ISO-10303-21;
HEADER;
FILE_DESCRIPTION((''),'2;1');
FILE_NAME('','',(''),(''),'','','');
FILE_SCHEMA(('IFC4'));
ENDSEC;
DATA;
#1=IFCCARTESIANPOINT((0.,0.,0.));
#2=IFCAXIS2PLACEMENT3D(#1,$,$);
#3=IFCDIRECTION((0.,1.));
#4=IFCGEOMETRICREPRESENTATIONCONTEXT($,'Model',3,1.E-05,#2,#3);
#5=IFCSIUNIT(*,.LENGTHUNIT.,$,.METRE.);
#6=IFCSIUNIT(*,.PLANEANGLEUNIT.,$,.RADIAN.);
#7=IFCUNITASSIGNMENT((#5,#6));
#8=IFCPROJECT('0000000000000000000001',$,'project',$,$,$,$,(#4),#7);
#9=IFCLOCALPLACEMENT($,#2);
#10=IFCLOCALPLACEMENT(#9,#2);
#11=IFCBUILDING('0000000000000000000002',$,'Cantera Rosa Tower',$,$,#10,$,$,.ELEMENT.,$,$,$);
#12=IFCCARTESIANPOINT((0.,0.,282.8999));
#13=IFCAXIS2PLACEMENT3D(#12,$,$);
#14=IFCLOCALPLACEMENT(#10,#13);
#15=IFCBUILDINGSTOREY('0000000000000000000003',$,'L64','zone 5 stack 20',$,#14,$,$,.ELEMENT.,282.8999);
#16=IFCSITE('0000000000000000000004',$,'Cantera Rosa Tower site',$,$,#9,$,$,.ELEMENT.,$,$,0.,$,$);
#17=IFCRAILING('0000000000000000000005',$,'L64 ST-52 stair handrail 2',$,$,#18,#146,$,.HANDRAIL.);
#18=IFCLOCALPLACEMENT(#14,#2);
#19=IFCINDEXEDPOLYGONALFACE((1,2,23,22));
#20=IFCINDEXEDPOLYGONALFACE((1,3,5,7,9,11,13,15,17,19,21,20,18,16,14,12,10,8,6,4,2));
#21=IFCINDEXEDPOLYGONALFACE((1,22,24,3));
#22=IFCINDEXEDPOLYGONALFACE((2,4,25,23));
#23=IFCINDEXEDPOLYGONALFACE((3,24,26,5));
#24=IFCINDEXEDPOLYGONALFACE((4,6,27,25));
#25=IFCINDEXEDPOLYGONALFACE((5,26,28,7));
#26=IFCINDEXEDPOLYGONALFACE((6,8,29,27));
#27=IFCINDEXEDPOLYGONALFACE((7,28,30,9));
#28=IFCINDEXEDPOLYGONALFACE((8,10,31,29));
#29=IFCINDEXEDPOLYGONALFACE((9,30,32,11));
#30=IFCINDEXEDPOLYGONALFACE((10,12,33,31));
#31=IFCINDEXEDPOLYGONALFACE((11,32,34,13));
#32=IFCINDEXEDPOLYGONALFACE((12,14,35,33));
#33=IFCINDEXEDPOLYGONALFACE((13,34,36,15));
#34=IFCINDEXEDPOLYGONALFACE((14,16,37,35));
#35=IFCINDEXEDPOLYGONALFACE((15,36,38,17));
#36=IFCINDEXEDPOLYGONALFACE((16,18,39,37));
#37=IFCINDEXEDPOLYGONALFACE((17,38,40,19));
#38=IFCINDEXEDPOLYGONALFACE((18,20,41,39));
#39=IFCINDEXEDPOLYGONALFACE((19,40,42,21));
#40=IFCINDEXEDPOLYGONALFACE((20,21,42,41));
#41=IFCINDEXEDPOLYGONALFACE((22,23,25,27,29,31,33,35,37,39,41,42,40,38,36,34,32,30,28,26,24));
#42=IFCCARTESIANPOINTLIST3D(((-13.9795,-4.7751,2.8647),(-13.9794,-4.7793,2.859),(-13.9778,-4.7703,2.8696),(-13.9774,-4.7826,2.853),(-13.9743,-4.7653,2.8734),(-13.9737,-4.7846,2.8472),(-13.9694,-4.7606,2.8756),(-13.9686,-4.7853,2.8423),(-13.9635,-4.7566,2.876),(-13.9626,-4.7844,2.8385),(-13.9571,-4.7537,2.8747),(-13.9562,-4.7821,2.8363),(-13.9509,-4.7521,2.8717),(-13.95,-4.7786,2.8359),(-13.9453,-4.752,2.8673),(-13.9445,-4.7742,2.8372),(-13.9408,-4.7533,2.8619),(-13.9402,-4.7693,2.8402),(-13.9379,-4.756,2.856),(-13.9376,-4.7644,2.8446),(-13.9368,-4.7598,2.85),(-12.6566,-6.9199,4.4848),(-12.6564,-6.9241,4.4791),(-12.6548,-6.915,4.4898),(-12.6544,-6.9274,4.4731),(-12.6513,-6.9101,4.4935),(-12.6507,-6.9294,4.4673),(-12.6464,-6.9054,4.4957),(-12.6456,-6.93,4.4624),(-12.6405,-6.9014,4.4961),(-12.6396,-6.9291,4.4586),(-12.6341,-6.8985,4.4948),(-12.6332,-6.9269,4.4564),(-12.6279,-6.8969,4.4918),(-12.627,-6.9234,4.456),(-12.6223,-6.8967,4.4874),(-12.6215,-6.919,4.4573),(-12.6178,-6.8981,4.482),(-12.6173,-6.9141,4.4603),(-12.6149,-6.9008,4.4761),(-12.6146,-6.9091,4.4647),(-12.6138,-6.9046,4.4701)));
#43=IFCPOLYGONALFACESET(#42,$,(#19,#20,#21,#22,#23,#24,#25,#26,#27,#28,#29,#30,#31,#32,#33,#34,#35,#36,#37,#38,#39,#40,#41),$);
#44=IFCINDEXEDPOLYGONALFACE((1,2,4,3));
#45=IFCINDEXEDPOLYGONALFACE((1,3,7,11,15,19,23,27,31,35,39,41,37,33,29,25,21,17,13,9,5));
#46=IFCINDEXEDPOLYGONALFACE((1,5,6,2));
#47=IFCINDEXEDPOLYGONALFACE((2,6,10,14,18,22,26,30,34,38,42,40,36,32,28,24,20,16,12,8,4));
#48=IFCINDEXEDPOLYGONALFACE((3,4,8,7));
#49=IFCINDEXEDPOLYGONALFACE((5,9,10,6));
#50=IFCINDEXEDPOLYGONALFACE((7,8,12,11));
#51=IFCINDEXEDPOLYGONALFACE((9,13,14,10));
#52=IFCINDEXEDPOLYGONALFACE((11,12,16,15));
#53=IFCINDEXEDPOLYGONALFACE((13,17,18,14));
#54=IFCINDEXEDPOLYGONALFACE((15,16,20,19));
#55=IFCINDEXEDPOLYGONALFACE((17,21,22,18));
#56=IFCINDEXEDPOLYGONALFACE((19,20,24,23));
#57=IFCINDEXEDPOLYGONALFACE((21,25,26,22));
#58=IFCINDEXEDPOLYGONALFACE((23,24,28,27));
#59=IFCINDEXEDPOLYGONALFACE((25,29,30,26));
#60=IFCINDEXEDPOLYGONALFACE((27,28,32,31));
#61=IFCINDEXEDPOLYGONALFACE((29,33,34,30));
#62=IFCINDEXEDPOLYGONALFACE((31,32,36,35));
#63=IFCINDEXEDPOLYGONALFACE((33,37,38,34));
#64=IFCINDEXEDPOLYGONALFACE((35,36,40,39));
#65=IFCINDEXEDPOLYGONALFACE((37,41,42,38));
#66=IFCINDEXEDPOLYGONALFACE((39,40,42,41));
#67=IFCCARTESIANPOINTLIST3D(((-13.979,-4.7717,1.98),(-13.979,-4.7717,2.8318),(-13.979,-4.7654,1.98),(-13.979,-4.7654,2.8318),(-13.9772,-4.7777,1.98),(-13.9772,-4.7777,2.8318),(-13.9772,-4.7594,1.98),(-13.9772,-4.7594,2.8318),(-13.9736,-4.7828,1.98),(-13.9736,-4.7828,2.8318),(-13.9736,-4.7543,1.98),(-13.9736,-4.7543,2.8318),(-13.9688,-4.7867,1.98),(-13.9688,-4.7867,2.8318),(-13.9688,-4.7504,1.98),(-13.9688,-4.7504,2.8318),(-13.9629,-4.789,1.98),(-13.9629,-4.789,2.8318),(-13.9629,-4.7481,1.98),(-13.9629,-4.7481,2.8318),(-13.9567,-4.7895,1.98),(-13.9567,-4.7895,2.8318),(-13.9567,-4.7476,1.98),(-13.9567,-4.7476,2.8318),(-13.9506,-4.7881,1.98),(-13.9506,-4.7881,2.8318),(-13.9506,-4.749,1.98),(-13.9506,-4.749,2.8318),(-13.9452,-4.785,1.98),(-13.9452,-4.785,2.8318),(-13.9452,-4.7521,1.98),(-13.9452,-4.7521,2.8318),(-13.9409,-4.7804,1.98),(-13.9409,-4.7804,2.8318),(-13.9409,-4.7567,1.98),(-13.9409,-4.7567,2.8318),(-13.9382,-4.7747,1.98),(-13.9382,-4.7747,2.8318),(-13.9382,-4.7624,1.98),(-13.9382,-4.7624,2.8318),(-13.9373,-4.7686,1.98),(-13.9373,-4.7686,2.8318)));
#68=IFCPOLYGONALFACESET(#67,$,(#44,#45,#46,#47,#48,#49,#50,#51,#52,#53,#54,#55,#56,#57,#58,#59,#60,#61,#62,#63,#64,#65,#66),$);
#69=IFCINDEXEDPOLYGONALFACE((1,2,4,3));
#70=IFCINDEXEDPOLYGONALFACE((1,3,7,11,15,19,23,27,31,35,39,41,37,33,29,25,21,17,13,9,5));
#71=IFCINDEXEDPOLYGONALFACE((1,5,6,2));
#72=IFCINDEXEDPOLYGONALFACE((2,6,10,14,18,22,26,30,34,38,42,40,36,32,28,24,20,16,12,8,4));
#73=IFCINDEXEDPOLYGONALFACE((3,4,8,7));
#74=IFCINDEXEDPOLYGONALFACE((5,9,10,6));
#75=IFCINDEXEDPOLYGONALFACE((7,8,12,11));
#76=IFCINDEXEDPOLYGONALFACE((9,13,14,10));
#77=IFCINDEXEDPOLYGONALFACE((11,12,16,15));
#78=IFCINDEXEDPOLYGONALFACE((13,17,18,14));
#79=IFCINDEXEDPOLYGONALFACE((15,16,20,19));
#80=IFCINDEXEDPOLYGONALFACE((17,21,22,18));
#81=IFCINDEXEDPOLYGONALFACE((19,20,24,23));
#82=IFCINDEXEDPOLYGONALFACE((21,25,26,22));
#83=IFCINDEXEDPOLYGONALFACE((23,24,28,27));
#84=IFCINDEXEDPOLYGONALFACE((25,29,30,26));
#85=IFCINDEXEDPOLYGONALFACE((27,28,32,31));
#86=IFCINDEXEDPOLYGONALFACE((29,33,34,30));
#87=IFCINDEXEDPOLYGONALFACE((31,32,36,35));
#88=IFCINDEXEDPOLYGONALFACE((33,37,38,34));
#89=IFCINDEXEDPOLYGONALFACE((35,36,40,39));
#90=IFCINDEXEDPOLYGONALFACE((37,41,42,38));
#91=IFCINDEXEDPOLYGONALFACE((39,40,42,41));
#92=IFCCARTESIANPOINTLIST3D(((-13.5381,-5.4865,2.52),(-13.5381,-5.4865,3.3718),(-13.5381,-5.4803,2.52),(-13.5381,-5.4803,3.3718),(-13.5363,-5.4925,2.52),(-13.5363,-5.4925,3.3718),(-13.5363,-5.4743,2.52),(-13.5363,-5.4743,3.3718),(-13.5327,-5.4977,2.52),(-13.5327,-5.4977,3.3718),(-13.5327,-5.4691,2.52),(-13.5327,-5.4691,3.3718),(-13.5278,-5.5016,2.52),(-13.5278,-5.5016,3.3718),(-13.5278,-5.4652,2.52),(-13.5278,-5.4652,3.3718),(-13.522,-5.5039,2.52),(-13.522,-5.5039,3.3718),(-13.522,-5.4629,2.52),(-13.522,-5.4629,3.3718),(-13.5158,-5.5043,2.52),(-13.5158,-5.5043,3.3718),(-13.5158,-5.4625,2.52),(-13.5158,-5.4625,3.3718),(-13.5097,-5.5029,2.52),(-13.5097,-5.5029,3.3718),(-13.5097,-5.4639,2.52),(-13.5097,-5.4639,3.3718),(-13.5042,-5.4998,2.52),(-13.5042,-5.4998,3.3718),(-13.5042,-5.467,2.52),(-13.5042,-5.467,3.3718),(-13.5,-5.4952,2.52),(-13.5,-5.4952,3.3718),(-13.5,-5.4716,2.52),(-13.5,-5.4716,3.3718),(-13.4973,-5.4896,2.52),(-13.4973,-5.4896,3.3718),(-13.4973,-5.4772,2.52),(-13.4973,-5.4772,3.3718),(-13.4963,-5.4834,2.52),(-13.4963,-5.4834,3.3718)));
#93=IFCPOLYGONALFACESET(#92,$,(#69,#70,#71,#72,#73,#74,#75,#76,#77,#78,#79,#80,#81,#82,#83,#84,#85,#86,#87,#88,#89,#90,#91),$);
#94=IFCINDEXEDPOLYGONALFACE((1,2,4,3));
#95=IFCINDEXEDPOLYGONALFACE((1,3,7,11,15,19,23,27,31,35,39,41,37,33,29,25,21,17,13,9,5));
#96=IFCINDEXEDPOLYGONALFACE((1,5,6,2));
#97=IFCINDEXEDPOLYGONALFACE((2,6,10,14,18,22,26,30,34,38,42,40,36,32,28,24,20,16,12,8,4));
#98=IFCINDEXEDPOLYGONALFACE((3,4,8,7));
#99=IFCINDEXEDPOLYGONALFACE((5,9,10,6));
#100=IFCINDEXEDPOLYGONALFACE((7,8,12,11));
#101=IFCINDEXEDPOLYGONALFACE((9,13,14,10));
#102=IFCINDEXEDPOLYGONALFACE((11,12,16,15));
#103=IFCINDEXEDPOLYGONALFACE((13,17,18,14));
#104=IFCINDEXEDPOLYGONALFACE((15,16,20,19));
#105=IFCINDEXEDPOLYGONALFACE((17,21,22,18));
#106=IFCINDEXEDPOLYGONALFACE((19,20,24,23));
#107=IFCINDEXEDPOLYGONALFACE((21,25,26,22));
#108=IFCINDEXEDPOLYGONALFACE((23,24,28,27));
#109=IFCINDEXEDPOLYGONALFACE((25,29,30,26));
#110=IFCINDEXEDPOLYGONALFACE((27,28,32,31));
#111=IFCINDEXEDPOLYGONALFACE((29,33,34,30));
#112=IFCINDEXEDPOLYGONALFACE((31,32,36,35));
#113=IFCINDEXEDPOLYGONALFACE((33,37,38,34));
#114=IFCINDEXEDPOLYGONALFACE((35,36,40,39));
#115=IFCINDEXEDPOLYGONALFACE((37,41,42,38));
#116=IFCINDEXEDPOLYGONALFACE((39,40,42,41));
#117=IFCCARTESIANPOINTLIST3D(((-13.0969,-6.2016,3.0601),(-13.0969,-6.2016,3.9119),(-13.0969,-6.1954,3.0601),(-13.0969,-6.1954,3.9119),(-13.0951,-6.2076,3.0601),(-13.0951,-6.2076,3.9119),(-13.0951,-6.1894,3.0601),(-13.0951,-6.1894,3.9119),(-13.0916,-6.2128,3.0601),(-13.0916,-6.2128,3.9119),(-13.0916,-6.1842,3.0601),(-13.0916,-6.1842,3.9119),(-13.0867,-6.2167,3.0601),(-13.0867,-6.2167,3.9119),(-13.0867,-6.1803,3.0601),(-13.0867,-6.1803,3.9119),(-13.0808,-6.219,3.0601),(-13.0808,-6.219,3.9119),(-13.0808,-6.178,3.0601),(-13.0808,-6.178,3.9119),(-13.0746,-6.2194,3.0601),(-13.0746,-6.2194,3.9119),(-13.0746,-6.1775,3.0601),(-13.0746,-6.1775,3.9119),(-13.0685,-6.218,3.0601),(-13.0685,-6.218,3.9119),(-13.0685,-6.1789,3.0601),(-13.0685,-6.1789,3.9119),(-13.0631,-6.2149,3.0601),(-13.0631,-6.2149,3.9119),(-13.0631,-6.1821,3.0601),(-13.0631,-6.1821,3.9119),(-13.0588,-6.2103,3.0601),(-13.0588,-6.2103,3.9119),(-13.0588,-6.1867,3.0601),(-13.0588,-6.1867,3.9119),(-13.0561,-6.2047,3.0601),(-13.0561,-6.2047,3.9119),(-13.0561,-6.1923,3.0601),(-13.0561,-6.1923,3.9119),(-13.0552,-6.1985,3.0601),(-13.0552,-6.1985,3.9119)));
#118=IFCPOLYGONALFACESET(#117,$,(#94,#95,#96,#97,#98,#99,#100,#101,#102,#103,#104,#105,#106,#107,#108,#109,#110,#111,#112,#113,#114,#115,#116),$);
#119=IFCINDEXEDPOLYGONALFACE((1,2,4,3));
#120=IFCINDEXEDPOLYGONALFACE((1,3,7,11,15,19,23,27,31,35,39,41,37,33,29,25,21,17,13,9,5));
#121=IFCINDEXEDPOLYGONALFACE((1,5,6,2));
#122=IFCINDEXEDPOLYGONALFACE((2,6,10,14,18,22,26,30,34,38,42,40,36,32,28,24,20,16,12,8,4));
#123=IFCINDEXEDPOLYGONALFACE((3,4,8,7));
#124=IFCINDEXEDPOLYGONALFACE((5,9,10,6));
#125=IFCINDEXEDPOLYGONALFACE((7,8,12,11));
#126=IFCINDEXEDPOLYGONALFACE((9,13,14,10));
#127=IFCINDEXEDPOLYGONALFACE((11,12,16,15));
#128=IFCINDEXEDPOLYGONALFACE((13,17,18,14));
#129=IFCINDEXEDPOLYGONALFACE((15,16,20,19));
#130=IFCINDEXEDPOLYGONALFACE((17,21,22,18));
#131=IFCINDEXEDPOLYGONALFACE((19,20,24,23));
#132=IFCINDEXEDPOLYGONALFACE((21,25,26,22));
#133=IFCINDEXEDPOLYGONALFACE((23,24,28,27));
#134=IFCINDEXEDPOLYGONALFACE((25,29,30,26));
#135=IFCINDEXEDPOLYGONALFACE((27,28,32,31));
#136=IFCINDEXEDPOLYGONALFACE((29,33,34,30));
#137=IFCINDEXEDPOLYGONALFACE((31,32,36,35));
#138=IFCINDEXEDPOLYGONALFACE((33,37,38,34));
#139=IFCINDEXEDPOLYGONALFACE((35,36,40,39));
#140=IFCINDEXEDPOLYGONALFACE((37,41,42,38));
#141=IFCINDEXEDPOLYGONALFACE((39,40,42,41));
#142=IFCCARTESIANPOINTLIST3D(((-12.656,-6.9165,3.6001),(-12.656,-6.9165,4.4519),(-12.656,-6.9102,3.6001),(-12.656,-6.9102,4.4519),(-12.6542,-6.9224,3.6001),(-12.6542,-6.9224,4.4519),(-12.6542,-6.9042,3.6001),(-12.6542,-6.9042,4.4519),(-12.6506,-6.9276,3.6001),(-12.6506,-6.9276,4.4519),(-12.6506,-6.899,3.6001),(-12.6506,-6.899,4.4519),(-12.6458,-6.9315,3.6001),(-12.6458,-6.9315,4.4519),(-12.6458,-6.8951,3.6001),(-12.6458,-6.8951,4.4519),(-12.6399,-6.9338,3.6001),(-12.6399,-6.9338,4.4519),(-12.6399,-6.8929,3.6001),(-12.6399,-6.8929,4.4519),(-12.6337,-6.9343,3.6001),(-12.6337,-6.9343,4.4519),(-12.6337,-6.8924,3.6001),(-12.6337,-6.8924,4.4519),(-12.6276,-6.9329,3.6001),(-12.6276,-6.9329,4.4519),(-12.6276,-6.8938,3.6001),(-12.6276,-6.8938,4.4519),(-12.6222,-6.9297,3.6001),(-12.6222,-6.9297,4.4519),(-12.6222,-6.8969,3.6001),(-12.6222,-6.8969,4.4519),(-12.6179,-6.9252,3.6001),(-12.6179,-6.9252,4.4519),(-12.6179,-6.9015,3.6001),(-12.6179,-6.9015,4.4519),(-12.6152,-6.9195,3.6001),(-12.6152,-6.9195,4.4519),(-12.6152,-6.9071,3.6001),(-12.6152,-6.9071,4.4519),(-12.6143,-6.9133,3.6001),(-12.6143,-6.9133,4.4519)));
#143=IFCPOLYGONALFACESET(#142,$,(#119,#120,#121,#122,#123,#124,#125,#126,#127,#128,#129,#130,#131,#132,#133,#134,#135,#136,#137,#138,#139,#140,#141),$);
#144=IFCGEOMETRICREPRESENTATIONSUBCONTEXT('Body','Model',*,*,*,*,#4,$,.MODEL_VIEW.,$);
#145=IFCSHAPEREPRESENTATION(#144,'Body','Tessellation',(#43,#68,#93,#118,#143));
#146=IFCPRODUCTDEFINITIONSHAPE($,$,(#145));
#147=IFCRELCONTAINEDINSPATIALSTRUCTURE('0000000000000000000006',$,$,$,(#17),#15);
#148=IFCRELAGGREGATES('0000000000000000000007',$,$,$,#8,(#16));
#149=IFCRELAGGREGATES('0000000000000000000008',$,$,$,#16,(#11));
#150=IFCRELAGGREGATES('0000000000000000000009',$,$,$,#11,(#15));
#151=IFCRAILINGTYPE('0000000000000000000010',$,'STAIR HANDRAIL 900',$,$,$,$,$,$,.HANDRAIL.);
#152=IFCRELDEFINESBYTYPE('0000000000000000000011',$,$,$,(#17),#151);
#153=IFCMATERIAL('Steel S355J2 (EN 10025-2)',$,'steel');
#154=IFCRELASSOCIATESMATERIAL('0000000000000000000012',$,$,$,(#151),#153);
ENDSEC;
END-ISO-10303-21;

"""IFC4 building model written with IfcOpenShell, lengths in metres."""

from ifc_helpers import new_model, si_unit, direction, frame, origin, origin_2d, place, context, subcontext, project, spatial, circle, extrude, material, type_object, element, save


model = new_model("IFC4")

# Units and contexts
model_context = context("Model", 3, precision=1e-05, world=origin(), true_north=direction((0.0, 1.0)))
body_context = subcontext(model_context, "Body", "Model", "MODEL_VIEW")
ifc_project = project(units=[si_unit("LENGTHUNIT", "METRE"), si_unit("PLANEANGLEUNIT", "RADIAN")], contexts=[model_context])

# Site, building, storey
site_placement = place(None, origin())
site = spatial("IfcSite", under=ifc_project, at=site_placement, Name="Cantera Rosa Tower site", CompositionType="ELEMENT", RefElevation=0.0)
building_placement = place(site_placement, origin())
building = spatial("IfcBuilding", under=site, at=building_placement, Name="Cantera Rosa Tower", CompositionType="ELEMENT")
storey_placement = place(building_placement, frame((0.0, 0.0, 282.8999)))
storey = spatial("IfcBuildingStorey", under=building, at=storey_placement, Name="L64", Description="zone 5 stack 20", CompositionType="ELEMENT", Elevation=282.8999)

# Railing
ifc_material_1 = material(Name="Steel S355J2 (EN 10025-2)", Category="steel")
railing_type_1 = type_object("IfcRailingType", Name="STAIR HANDRAIL 900", PredefinedType="HANDRAIL", material=ifc_material_1)
railing_1_placement = place(storey_placement, frame((-13.9583, -4.7686, 1.98)))
element("IfcRailing", 1, at=railing_1_placement, inside=storey, type_object=railing_type_1, Name="L64 ST-52 stair handrail 2", PredefinedType="HANDRAIL", context=body_context, shape_type="SweptSolid", body=[
    extrude(circle(Radius=0.0239, at=origin_2d()), frame((0.0, 0.0, 0.876), z_axis=(0.441609, -0.715914, 0.540786), x_axis=(0.851102, 0.525, 0.0)), (0.0, 0.0, 1.0), 2.9958),
    extrude(circle(Radius=0.021, at=origin_2d()), origin(), (0.0, 0.0, 1.0), 0.8518),
    extrude(circle(Radius=0.021, at=origin_2d()), frame((0.4409, -0.7148, 0.54)), (0.0, 0.0, 1.0), 0.8518),
    extrude(circle(Radius=0.021, at=origin_2d()), frame((0.8821, -1.4299, 1.0801)), (0.0, 0.0, 1.0), 0.8518),
    extrude(circle(Radius=0.021, at=origin_2d()), frame((1.323, -2.1448, 1.6201)), (0.0, 0.0, 1.0), 0.8518),
])

save(model, "model.ifc")
